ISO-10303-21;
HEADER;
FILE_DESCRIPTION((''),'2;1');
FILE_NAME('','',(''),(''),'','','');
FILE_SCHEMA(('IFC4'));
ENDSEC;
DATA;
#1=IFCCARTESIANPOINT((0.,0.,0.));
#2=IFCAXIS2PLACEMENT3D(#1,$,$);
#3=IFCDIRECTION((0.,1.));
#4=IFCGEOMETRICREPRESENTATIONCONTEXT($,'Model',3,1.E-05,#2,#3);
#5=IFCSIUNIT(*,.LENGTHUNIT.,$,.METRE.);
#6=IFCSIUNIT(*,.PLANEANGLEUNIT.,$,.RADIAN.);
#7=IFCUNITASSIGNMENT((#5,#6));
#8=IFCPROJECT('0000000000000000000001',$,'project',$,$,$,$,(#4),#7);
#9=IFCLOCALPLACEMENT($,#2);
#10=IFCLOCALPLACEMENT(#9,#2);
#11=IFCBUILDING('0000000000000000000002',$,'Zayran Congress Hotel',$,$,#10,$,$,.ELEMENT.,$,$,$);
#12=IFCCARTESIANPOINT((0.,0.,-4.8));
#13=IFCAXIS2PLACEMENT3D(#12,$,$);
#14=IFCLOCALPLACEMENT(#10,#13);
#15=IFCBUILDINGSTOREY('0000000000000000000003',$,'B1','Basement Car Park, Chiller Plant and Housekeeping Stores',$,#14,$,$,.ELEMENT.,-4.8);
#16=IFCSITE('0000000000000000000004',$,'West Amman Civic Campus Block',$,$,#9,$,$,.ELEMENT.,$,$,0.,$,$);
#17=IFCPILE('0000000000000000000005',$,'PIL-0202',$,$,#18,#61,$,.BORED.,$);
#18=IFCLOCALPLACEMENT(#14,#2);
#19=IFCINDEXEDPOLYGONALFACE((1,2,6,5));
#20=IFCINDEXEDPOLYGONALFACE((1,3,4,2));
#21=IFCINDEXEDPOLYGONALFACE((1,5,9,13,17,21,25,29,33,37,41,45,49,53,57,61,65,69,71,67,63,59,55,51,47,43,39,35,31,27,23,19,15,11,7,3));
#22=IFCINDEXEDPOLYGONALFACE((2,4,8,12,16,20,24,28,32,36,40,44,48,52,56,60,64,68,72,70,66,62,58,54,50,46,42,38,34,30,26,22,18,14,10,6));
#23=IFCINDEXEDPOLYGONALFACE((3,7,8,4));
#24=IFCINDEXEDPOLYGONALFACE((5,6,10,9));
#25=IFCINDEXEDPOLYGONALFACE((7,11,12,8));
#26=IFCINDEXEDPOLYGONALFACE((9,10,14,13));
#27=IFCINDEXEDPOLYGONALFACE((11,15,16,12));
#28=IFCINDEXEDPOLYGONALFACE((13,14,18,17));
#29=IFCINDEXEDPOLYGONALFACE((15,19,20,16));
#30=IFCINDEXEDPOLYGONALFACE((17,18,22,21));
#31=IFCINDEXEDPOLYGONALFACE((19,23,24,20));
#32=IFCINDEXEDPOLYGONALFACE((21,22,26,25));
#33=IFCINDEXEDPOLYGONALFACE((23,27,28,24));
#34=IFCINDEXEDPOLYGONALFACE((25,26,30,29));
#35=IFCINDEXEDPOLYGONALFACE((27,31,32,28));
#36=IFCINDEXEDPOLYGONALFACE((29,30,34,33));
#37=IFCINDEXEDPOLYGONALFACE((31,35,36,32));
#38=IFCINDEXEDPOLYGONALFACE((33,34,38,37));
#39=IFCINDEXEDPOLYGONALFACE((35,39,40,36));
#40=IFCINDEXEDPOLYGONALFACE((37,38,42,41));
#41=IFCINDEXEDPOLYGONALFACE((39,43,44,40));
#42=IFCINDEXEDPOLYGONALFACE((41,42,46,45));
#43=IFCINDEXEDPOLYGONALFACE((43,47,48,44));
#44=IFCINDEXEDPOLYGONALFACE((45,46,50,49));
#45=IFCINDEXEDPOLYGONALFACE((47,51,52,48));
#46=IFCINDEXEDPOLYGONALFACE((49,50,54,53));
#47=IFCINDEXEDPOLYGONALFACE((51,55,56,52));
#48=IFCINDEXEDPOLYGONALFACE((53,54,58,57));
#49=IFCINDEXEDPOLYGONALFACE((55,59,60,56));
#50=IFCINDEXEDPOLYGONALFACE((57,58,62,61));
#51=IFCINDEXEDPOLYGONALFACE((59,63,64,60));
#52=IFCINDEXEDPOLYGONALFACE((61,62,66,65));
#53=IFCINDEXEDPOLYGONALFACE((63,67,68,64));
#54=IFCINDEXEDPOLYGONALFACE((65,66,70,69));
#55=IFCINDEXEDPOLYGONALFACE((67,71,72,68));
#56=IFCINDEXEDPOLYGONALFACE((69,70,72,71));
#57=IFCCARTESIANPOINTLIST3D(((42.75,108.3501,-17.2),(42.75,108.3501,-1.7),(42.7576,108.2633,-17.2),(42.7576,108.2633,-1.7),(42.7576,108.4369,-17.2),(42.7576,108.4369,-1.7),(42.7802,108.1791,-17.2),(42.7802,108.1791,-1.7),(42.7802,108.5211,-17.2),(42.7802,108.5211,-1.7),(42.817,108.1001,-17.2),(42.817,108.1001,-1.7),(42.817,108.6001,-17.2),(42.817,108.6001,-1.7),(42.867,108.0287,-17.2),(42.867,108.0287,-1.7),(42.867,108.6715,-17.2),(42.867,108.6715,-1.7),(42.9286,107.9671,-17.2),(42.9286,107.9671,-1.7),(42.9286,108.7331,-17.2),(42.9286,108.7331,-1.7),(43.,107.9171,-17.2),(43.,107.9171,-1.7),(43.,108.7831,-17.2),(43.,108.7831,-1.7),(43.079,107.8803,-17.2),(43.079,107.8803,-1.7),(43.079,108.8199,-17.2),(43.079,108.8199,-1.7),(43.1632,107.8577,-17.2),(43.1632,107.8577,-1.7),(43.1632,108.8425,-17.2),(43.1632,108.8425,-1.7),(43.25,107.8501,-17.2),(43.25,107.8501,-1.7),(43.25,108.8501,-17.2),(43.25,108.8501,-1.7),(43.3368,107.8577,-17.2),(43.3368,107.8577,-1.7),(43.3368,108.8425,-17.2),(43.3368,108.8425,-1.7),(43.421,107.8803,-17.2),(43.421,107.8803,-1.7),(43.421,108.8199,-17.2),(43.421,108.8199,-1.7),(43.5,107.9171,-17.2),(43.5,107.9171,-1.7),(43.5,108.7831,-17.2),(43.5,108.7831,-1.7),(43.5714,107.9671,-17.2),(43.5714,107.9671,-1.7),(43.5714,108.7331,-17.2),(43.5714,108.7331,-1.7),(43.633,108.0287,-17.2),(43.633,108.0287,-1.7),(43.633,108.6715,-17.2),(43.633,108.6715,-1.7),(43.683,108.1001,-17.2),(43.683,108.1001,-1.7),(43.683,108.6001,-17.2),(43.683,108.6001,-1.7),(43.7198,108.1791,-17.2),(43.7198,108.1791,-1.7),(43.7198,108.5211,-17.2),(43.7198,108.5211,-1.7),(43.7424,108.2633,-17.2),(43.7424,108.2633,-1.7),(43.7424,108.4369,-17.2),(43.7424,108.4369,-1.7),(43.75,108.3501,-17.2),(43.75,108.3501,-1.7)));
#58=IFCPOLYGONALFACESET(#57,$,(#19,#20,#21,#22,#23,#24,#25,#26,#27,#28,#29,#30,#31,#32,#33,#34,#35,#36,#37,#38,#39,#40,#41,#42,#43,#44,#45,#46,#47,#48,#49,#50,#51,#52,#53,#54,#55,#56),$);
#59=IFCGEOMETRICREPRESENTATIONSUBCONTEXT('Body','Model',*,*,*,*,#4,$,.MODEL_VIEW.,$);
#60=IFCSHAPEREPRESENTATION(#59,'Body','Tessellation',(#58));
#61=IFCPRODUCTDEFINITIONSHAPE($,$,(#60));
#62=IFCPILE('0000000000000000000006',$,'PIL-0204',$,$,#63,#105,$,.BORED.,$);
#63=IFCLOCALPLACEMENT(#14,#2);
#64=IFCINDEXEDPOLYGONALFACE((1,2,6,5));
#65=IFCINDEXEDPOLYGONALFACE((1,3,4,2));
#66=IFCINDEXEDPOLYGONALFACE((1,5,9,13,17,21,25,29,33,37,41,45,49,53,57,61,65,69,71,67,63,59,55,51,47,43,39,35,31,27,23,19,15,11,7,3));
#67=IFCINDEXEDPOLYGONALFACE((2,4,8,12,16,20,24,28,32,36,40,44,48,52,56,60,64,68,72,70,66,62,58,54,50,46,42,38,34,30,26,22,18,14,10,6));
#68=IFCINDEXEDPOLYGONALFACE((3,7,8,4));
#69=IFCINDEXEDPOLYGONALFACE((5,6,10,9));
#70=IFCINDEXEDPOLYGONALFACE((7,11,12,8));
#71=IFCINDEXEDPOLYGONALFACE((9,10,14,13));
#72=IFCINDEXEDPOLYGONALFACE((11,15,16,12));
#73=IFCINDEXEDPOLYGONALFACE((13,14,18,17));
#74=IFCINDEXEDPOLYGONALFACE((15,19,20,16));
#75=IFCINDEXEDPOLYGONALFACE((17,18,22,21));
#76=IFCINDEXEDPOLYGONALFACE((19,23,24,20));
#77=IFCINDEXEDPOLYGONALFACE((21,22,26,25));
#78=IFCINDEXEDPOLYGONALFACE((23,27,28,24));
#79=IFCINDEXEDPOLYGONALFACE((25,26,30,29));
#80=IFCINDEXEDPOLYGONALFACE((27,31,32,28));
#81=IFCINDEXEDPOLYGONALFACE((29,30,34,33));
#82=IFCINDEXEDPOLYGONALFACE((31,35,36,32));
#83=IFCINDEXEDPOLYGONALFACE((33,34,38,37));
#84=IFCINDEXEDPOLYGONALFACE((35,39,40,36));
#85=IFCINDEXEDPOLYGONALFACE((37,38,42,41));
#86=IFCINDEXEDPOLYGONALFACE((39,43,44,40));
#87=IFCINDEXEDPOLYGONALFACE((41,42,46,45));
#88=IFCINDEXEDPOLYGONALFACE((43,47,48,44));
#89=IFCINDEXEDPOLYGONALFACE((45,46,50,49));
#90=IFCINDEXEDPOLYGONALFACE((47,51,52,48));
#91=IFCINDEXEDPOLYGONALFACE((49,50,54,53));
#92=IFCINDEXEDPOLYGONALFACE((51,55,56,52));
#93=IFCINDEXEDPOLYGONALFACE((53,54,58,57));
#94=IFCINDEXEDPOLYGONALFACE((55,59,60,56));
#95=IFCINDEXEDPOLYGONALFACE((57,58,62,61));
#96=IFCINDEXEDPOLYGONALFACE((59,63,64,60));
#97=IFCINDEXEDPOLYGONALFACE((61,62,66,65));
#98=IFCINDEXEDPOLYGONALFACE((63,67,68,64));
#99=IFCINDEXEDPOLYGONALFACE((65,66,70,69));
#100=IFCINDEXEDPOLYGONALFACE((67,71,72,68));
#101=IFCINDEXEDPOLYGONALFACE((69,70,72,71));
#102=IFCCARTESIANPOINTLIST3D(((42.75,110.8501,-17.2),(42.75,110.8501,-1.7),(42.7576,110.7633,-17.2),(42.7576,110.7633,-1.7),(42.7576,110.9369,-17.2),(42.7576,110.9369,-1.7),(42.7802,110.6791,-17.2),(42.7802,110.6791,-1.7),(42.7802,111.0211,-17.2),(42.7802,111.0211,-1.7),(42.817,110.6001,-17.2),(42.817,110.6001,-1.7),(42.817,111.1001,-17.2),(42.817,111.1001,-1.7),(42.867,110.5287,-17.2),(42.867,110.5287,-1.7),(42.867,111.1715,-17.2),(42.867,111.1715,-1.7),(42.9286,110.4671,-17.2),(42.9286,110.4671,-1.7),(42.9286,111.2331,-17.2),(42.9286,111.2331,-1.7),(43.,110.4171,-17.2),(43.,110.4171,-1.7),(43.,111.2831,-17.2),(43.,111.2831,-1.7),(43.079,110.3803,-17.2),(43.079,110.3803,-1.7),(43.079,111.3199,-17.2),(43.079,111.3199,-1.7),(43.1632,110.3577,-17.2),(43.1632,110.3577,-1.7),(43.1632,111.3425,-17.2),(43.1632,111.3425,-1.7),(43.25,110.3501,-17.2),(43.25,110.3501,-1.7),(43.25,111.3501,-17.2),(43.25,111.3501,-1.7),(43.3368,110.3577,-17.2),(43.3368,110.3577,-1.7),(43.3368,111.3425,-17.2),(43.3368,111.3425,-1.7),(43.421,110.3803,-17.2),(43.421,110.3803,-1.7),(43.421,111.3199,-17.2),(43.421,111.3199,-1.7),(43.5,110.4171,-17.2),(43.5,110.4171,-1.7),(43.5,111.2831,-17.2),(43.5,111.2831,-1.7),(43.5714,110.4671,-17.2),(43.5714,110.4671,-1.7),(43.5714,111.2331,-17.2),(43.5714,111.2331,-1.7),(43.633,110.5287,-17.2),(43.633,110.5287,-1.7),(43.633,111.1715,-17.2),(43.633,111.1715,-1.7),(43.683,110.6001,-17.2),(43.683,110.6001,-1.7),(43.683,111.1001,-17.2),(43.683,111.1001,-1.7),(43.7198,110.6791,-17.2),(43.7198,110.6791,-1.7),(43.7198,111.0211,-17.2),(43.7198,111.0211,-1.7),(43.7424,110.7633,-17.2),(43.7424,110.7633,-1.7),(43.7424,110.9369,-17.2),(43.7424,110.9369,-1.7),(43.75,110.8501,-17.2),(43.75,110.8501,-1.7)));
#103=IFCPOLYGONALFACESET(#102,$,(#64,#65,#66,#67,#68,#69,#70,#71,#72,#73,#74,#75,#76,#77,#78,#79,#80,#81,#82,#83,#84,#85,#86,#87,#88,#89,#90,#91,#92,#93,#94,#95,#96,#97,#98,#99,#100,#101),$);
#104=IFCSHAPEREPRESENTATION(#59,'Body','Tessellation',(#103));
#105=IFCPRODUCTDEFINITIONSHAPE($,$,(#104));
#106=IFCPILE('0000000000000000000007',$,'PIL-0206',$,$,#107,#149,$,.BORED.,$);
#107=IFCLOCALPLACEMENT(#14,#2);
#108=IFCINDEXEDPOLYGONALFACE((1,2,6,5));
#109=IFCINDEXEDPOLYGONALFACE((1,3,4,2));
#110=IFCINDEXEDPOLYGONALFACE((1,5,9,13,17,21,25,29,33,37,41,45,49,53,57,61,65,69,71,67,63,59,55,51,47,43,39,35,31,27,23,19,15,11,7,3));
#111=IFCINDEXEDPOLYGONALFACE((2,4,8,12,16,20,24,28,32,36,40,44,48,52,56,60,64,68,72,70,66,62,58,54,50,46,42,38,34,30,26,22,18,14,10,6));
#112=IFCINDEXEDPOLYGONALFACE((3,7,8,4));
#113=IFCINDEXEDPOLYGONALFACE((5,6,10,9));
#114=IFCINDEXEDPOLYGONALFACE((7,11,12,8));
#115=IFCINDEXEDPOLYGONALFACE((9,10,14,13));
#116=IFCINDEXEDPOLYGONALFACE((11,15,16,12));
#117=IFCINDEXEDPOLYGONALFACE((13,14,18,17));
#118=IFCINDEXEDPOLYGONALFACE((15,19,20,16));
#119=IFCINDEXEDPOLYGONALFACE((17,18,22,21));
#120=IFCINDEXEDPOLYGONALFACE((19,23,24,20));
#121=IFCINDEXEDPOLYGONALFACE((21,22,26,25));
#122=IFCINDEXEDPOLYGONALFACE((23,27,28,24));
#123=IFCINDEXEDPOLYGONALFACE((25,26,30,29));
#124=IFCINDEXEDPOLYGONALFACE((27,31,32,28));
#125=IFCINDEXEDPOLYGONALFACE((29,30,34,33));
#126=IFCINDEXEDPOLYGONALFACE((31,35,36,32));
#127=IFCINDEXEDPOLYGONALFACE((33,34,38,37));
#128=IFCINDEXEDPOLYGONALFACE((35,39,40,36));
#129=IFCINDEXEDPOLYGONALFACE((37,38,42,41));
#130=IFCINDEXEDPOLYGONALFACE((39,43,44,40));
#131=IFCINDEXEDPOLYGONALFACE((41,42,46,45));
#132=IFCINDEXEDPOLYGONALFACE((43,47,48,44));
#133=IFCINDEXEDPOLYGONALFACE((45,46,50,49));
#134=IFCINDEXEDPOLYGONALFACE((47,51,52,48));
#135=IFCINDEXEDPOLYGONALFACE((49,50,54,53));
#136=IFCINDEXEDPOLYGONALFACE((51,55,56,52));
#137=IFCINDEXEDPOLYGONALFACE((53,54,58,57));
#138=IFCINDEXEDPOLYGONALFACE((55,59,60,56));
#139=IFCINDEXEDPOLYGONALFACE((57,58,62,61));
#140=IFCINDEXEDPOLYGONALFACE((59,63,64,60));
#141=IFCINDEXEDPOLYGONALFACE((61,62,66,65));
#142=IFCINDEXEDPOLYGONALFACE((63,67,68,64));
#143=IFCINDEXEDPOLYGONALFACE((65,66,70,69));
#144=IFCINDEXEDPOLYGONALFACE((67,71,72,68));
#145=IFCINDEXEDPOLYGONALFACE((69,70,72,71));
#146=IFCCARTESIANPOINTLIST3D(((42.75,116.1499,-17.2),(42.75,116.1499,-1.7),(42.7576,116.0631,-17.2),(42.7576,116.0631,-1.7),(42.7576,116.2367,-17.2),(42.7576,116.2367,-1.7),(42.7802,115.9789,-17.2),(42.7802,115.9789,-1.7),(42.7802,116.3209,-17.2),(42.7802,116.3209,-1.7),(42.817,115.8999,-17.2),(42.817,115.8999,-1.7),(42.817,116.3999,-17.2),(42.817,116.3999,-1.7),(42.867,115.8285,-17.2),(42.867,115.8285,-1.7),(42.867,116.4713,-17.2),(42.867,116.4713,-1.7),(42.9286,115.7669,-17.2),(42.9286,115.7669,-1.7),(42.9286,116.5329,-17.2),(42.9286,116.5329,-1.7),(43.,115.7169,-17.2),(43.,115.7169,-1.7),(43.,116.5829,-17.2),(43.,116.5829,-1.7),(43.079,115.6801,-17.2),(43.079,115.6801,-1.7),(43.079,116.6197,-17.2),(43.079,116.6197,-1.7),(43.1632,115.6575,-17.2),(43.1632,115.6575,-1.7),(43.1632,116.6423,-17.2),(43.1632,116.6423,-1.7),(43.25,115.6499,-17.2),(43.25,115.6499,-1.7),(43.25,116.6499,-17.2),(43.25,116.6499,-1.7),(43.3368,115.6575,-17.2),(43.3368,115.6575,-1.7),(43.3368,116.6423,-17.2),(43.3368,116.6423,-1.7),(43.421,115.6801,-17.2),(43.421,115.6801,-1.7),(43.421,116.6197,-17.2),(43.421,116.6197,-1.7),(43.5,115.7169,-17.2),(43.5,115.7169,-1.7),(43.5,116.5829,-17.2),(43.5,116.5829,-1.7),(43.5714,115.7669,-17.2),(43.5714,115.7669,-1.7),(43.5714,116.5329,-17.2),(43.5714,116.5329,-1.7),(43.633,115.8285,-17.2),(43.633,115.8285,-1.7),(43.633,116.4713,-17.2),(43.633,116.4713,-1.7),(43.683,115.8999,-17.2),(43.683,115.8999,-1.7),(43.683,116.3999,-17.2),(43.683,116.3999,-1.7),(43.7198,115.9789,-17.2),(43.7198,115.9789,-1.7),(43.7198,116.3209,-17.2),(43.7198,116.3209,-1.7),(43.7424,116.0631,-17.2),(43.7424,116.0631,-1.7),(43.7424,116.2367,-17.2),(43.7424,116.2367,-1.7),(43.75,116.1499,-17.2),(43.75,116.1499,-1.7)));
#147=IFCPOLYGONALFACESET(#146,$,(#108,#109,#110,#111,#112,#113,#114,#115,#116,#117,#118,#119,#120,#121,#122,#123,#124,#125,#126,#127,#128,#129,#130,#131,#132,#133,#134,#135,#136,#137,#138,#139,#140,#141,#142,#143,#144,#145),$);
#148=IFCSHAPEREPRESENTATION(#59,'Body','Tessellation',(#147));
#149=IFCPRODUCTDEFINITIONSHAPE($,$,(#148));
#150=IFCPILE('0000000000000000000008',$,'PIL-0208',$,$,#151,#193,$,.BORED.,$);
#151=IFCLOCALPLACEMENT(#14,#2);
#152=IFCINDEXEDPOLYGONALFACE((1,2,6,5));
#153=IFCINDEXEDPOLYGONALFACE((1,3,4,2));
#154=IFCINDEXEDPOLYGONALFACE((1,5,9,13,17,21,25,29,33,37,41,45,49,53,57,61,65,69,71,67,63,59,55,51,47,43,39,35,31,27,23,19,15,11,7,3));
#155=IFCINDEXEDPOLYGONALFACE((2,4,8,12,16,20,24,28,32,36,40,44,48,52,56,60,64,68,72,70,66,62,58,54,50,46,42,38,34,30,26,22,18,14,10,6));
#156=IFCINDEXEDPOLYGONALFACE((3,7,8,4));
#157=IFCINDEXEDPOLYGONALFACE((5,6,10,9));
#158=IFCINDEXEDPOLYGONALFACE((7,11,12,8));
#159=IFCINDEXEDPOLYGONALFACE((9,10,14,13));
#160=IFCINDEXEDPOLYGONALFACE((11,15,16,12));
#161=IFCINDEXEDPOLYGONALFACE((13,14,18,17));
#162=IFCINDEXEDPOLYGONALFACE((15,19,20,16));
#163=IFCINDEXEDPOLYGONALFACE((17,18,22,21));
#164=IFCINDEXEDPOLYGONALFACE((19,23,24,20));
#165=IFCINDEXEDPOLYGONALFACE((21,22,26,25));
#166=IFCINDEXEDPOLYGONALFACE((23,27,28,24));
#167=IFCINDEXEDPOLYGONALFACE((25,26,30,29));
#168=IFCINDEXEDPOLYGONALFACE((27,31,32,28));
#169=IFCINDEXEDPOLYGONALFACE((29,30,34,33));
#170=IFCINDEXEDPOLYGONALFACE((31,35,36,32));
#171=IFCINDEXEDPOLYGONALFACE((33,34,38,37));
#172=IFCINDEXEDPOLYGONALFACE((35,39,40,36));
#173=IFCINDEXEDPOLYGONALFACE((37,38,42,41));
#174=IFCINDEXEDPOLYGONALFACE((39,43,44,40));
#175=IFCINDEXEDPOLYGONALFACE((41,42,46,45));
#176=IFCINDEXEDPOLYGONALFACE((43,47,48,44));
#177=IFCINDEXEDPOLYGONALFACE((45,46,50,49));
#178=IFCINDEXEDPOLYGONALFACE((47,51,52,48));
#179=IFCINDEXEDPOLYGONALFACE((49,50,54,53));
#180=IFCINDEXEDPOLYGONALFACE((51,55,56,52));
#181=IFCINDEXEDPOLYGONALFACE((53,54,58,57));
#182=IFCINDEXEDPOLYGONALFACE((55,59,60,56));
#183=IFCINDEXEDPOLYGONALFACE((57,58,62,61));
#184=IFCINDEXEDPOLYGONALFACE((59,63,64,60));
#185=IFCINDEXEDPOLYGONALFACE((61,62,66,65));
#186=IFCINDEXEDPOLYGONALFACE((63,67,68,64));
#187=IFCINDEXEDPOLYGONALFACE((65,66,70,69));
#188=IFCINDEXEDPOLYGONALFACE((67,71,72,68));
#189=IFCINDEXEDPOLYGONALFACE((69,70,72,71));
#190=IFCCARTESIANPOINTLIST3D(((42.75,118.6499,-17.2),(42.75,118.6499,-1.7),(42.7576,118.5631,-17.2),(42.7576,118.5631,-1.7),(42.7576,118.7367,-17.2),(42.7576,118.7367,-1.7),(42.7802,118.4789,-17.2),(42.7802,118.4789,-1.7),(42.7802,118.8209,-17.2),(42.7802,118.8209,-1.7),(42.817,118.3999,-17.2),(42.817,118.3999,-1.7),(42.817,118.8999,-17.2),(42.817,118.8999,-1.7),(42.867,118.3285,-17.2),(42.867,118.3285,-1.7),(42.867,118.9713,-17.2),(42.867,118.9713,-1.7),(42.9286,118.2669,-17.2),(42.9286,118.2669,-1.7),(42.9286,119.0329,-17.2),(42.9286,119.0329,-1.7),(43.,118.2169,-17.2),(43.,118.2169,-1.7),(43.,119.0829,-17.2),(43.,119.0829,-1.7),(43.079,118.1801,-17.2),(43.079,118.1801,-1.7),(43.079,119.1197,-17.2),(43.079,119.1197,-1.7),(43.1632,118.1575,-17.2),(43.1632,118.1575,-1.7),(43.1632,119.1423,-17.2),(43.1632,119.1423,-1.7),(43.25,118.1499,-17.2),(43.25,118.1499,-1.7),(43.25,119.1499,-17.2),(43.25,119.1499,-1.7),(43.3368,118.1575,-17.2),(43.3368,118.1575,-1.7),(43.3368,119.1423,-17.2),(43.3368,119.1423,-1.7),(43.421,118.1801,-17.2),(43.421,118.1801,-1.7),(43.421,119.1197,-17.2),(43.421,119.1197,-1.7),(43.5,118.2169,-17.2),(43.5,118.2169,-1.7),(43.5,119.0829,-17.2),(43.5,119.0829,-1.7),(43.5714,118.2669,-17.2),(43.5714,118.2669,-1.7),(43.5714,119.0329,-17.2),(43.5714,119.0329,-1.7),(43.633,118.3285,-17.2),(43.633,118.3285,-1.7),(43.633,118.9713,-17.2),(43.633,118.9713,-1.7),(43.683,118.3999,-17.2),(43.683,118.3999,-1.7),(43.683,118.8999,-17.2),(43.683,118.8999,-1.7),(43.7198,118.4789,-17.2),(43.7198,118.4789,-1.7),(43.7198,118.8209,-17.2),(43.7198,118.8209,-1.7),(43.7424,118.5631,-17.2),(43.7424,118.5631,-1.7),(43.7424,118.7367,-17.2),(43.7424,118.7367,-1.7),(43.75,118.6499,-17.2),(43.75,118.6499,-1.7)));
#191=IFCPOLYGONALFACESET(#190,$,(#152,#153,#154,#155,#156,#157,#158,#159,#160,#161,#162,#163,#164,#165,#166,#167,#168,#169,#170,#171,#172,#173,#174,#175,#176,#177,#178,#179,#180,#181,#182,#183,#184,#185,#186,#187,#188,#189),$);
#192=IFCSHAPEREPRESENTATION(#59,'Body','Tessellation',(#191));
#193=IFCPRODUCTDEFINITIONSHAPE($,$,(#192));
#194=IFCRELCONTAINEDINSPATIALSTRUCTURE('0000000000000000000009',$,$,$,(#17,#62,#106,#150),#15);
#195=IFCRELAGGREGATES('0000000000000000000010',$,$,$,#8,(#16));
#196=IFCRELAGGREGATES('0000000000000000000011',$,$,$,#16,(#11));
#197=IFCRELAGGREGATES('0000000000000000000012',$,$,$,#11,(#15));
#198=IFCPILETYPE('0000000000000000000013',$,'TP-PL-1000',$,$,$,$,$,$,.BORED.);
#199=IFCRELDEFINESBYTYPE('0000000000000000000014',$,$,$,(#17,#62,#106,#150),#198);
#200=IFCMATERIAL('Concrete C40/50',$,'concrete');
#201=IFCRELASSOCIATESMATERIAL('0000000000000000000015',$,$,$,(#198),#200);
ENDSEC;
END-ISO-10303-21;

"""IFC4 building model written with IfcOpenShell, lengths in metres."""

from ifc_helpers import new_model, si_unit, direction, frame, origin, origin_2d, place, context, subcontext, project, spatial, circle, extrude, material, material_profile, profile_set, type_object, element, save


model = new_model("IFC4")

# Units and contexts
model_context = context("Model", 3, precision=1e-05, world=origin(), true_north=direction((0.0, 1.0)))
body_context = subcontext(model_context, "Body", "Model", "MODEL_VIEW")
ifc_project = project(units=[si_unit("LENGTHUNIT", "METRE"), si_unit("PLANEANGLEUNIT", "RADIAN")], contexts=[model_context])

# Site, building, storey
site_placement = place(None, origin())
site = spatial("IfcSite", under=ifc_project, at=site_placement, Name="West Amman Civic Campus Block", CompositionType="ELEMENT", RefElevation=0.0)
building_placement = place(site_placement, origin())
building = spatial("IfcBuilding", under=site, at=building_placement, Name="Zayran Congress Hotel", CompositionType="ELEMENT")
storey_placement = place(building_placement, frame((0.0, 0.0, -4.8)))
storey = spatial("IfcBuildingStorey", under=building, at=storey_placement, Name="B1", Description="Basement Car Park, Chiller Plant and Housekeeping Stores", CompositionType="ELEMENT", Elevation=-4.8)

# Piles
ifc_material = material(Name="Concrete C40/50", Category="concrete")
ifc_material_profile_1 = material_profile(ifc_material, circle(Radius=0.5, at=origin_2d()), Name="PILE D1000")
ifc_profile_set_1 = profile_set([ifc_material_profile_1], Name="Concrete C40/50")
pile_type = type_object("IfcPileType", Name="TP-PL-1000", PredefinedType="BORED", material=ifc_profile_set_1)
for number, where, z_axis, x_axis, name in (
    (1, (43.25, 108.3501, -1.7), (0.0, 0.0, -1.0), (1.0, 0.0, 0.0), "PIL-0202"),
    (2, (43.25, 110.8501, -1.7), (0.0, 0.0, -1.0), (1.0, 0.0, 0.0), "PIL-0204"),
    (3, (43.25, 116.1499, -1.7), (0.0, 0.0, -1.0), (1.0, 0.0, 0.0), "PIL-0206"),
    (4, (43.25, 118.6499, -1.7), (0.0, 0.0, -1.0), (1.0, 0.0, 0.0), "PIL-0208"),
):
    element("IfcPile", number, at=place(storey_placement, frame(where, z_axis=z_axis, x_axis=x_axis)), inside=storey, type_object=pile_type, Name=name, PredefinedType="BORED", context=body_context, shape_type="SweptSolid", body=[
        extrude(circle(Radius=0.5, at=origin_2d()), origin(), (0.0, 0.0, 1.0), 15.5),
    ])

save(model, "model.ifc")
